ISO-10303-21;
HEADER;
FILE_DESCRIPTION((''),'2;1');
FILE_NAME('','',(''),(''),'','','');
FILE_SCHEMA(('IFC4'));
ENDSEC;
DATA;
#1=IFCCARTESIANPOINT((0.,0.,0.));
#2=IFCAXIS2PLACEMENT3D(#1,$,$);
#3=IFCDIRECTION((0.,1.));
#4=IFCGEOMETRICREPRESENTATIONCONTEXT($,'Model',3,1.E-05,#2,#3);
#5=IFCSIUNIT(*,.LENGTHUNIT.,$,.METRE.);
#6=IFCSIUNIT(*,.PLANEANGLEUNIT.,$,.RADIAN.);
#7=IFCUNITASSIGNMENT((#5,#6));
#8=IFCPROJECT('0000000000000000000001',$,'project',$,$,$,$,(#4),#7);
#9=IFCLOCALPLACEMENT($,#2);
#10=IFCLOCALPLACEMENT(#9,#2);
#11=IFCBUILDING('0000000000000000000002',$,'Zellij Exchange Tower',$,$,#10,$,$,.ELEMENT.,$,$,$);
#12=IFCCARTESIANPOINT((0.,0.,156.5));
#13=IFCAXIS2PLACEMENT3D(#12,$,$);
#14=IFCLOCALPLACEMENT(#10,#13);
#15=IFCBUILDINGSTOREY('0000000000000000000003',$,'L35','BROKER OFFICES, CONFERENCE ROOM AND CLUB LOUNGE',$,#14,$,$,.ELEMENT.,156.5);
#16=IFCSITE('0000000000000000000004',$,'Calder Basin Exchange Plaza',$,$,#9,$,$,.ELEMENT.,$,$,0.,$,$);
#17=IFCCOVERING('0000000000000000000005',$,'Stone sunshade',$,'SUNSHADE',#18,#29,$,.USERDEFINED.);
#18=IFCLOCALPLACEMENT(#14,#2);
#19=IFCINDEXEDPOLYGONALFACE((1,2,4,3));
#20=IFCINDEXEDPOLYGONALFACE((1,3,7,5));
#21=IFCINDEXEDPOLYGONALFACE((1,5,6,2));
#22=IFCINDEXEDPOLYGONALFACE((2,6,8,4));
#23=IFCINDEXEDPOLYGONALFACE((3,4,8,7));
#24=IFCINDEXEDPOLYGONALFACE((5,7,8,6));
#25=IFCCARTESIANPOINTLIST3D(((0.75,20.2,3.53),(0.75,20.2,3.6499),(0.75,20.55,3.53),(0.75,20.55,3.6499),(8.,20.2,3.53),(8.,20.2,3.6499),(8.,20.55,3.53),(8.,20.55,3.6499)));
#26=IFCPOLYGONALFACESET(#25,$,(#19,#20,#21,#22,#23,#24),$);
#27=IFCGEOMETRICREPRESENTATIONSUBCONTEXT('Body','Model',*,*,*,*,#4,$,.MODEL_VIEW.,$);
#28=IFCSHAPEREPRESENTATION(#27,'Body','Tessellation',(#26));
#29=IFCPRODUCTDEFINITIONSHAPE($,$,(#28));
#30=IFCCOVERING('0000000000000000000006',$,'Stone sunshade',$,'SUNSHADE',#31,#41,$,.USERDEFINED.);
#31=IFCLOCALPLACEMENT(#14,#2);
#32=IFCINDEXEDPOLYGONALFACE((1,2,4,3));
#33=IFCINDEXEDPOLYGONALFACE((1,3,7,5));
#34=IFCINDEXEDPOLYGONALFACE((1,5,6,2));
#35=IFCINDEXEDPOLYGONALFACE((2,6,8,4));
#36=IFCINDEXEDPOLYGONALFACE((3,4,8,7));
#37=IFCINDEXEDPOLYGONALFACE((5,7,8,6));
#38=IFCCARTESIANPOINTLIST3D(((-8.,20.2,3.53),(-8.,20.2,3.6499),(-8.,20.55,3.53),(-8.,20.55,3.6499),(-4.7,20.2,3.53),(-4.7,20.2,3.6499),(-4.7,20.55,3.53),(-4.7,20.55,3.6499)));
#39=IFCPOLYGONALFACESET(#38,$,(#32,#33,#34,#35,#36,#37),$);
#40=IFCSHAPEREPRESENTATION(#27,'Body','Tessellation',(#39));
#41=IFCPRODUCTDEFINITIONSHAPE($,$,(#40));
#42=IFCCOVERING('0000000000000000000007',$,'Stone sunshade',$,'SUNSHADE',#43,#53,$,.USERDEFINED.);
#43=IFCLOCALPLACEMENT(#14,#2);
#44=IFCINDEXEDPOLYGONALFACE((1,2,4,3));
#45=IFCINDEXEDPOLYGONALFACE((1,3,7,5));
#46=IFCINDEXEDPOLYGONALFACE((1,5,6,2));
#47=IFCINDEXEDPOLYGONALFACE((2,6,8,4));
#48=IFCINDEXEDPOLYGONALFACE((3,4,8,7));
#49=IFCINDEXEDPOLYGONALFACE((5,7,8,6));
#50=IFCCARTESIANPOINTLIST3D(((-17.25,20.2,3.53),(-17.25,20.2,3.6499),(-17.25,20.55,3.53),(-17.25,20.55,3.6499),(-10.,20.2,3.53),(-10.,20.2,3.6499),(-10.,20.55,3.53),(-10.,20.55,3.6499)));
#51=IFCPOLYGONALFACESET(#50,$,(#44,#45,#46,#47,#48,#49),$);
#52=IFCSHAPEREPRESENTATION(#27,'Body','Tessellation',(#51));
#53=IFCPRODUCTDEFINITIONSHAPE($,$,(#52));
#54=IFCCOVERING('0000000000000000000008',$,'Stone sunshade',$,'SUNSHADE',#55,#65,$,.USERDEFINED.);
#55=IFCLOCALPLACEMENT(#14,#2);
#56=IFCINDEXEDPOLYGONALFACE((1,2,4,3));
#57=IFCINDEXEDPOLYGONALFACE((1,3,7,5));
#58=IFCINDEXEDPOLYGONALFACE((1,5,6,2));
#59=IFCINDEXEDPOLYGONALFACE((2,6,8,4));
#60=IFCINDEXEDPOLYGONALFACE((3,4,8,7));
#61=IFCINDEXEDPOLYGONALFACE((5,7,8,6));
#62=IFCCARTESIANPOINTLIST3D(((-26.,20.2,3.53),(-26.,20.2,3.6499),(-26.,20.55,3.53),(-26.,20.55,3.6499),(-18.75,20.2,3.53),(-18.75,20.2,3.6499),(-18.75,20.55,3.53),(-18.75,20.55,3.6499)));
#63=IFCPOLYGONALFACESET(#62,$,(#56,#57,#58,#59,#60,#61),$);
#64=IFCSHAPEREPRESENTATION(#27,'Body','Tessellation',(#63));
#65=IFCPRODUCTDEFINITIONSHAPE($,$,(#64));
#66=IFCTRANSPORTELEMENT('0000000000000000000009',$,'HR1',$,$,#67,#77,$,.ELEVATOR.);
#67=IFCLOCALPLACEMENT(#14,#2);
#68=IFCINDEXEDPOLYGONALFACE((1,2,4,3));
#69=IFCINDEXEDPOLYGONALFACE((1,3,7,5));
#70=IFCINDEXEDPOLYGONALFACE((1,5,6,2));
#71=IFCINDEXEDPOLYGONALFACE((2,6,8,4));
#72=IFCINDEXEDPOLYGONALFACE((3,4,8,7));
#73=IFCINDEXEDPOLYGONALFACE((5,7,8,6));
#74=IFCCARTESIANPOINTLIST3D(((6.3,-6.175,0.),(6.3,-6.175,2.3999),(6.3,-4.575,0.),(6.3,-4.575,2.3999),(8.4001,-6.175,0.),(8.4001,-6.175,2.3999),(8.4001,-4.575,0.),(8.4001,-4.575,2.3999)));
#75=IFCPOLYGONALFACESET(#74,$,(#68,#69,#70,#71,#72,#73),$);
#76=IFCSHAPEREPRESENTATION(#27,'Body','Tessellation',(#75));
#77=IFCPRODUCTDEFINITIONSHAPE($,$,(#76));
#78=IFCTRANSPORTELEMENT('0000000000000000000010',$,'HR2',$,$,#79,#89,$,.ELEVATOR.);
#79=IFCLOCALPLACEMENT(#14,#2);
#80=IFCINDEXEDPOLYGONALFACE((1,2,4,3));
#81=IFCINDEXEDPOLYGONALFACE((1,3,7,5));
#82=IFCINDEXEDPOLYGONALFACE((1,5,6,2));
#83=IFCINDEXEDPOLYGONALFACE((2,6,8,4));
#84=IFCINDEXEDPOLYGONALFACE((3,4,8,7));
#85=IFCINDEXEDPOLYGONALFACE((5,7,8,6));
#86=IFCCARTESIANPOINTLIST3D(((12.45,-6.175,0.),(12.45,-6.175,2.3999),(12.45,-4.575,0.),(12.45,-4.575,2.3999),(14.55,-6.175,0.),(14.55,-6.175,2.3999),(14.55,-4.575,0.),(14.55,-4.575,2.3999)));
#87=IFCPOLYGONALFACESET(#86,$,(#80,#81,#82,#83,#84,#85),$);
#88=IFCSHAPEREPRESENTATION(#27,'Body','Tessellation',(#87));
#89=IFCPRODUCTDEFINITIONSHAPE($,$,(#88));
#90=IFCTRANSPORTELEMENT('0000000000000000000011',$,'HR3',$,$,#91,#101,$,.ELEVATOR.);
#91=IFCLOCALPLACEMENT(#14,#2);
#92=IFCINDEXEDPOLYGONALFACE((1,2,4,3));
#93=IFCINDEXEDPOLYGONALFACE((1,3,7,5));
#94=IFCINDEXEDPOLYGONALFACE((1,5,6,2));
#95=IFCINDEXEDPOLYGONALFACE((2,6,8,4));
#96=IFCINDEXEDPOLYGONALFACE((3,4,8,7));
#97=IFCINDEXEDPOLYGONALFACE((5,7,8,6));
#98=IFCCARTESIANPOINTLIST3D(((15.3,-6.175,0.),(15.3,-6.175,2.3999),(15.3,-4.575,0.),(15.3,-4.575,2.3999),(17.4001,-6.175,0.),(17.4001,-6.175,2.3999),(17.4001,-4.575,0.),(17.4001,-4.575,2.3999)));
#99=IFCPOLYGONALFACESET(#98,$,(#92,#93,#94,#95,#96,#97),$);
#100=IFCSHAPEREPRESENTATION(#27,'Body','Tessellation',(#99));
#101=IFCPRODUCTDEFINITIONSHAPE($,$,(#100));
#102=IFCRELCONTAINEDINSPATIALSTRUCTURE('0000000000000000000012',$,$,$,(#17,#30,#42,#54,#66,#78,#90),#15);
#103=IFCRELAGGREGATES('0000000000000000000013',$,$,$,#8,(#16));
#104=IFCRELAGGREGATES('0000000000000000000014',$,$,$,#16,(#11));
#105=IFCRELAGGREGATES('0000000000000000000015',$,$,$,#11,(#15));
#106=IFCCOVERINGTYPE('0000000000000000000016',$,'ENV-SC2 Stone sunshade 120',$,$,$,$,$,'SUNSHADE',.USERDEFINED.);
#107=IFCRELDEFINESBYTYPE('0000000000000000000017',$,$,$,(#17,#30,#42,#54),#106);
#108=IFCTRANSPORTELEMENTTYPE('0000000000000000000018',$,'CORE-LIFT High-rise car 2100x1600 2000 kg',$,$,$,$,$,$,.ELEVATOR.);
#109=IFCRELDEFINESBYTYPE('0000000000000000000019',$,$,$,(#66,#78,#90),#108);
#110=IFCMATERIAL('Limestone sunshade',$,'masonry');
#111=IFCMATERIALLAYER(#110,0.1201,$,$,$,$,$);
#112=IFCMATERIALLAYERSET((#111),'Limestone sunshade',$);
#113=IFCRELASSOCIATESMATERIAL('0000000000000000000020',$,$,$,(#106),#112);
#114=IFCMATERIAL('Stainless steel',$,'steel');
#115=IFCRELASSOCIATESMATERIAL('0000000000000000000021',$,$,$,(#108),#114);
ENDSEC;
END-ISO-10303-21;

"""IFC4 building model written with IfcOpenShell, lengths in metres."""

from ifc_helpers import new_model, si_unit, direction, frame, origin, origin_2d, place, context, subcontext, project, spatial, polyline, rectangle, outline, extrude, material, layer, layer_set, type_object, element, save


model = new_model("IFC4")

# Units and contexts
model_context = context("Model", 3, precision=1e-05, world=origin(), true_north=direction((0.0, 1.0)))
body_context = subcontext(model_context, "Body", "Model", "MODEL_VIEW")
ifc_project = project(units=[si_unit("LENGTHUNIT", "METRE"), si_unit("PLANEANGLEUNIT", "RADIAN")], contexts=[model_context])

# Site, building, storey
site_placement = place(None, origin())
site = spatial("IfcSite", under=ifc_project, at=site_placement, Name="Calder Basin Exchange Plaza", CompositionType="ELEMENT", RefElevation=0.0)
building_placement = place(site_placement, origin())
building = spatial("IfcBuilding", under=site, at=building_placement, Name="Zellij Exchange Tower", CompositionType="ELEMENT")
storey_placement = place(building_placement, frame((0.0, 0.0, 156.5)))
storey = spatial("IfcBuildingStorey", under=building, at=storey_placement, Name="L35", Description="BROKER OFFICES, CONFERENCE ROOM AND CLUB LOUNGE", CompositionType="ELEMENT", Elevation=156.5)

# Coverings
ifc_material_1 = material(Name="Limestone sunshade", Category="masonry")
ifc_layer_1 = layer(ifc_material_1, 0.1201)
ifc_layer_set_1 = layer_set([ifc_layer_1], Name="Limestone sunshade")
covering_type_1 = type_object("IfcCoveringType", Name="ENV-SC2 Stone sunshade 120", ElementType="SUNSHADE", PredefinedType="USERDEFINED", material=ifc_layer_set_1)
covering_1_placement = place(storey_placement, frame((0.0, 0.0, 3.53)))
element("IfcCovering", 1, at=covering_1_placement, inside=storey, type_object=covering_type_1, Name="Stone sunshade", ObjectType="SUNSHADE", PredefinedType="USERDEFINED", context=body_context, shape_type="SweptSolid", body=[
    extrude(outline(polyline([(8.0, 20.2), (0.75, 20.2), (0.75, 20.55), (8.0, 20.55), (8.0, 20.2)])), origin(), (0.0, 0.0, 1.0), 0.1199),
])
covering_2_placement = place(storey_placement, frame((0.0, 0.0, 3.53)))
element("IfcCovering", 2, at=covering_2_placement, inside=storey, type_object=covering_type_1, Name="Stone sunshade", ObjectType="SUNSHADE", PredefinedType="USERDEFINED", context=body_context, shape_type="SweptSolid", body=[
    extrude(outline(polyline([(-4.7, 20.2), (-8.0, 20.2), (-8.0, 20.55), (-4.7, 20.55), (-4.7, 20.2)])), origin(), (0.0, 0.0, 1.0), 0.1199),
])
covering_3_placement = place(storey_placement, frame((0.0, 0.0, 3.53)))
element("IfcCovering", 3, at=covering_3_placement, inside=storey, type_object=covering_type_1, Name="Stone sunshade", ObjectType="SUNSHADE", PredefinedType="USERDEFINED", context=body_context, shape_type="SweptSolid", body=[
    extrude(outline(polyline([(-10.0, 20.2), (-17.25, 20.2), (-17.25, 20.55), (-10.0, 20.55), (-10.0, 20.2)])), origin(), (0.0, 0.0, 1.0), 0.1199),
])
covering_4_placement = place(storey_placement, frame((0.0, 0.0, 3.53)))
element("IfcCovering", 4, at=covering_4_placement, inside=storey, type_object=covering_type_1, Name="Stone sunshade", ObjectType="SUNSHADE", PredefinedType="USERDEFINED", context=body_context, shape_type="SweptSolid", body=[
    extrude(outline(polyline([(-18.75, 20.2), (-26.0, 20.2), (-26.0, 20.55), (-18.75, 20.55), (-18.75, 20.2)])), origin(), (0.0, 0.0, 1.0), 0.1199),
])

# Transport elements
ifc_material_2 = material(Name="Stainless steel", Category="steel")
transport_element_type = type_object("IfcTransportElementType", Name="CORE-LIFT High-rise car 2100x1600 2000 kg", PredefinedType="ELEVATOR", material=ifc_material_2)
for number, where, z_axis, x_axis, name in (
    (5, (7.3501, -5.375, 0.0), (0.0, 0.0, 1.0), (1.0, 0.0, 0.0), "HR1"),
    (6, (13.5, -5.375, 0.0), (0.0, 0.0, 1.0), (1.0, 0.0, 0.0), "HR2"),
    (7, (16.3501, -5.375, 0.0), (0.0, 0.0, 1.0), (1.0, 0.0, 0.0), "HR3"),
):
    element("IfcTransportElement", number, at=place(storey_placement, frame(where, z_axis=z_axis, x_axis=x_axis)), inside=storey, type_object=transport_element_type, Name=name, PredefinedType="ELEVATOR", context=body_context, shape_type="SweptSolid", body=[
        extrude(rectangle(XDim=2.1001, YDim=1.6001, at=origin_2d()), origin(), (0.0, 0.0, 1.0), 2.3999),
    ])

save(model, "model.ifc")
